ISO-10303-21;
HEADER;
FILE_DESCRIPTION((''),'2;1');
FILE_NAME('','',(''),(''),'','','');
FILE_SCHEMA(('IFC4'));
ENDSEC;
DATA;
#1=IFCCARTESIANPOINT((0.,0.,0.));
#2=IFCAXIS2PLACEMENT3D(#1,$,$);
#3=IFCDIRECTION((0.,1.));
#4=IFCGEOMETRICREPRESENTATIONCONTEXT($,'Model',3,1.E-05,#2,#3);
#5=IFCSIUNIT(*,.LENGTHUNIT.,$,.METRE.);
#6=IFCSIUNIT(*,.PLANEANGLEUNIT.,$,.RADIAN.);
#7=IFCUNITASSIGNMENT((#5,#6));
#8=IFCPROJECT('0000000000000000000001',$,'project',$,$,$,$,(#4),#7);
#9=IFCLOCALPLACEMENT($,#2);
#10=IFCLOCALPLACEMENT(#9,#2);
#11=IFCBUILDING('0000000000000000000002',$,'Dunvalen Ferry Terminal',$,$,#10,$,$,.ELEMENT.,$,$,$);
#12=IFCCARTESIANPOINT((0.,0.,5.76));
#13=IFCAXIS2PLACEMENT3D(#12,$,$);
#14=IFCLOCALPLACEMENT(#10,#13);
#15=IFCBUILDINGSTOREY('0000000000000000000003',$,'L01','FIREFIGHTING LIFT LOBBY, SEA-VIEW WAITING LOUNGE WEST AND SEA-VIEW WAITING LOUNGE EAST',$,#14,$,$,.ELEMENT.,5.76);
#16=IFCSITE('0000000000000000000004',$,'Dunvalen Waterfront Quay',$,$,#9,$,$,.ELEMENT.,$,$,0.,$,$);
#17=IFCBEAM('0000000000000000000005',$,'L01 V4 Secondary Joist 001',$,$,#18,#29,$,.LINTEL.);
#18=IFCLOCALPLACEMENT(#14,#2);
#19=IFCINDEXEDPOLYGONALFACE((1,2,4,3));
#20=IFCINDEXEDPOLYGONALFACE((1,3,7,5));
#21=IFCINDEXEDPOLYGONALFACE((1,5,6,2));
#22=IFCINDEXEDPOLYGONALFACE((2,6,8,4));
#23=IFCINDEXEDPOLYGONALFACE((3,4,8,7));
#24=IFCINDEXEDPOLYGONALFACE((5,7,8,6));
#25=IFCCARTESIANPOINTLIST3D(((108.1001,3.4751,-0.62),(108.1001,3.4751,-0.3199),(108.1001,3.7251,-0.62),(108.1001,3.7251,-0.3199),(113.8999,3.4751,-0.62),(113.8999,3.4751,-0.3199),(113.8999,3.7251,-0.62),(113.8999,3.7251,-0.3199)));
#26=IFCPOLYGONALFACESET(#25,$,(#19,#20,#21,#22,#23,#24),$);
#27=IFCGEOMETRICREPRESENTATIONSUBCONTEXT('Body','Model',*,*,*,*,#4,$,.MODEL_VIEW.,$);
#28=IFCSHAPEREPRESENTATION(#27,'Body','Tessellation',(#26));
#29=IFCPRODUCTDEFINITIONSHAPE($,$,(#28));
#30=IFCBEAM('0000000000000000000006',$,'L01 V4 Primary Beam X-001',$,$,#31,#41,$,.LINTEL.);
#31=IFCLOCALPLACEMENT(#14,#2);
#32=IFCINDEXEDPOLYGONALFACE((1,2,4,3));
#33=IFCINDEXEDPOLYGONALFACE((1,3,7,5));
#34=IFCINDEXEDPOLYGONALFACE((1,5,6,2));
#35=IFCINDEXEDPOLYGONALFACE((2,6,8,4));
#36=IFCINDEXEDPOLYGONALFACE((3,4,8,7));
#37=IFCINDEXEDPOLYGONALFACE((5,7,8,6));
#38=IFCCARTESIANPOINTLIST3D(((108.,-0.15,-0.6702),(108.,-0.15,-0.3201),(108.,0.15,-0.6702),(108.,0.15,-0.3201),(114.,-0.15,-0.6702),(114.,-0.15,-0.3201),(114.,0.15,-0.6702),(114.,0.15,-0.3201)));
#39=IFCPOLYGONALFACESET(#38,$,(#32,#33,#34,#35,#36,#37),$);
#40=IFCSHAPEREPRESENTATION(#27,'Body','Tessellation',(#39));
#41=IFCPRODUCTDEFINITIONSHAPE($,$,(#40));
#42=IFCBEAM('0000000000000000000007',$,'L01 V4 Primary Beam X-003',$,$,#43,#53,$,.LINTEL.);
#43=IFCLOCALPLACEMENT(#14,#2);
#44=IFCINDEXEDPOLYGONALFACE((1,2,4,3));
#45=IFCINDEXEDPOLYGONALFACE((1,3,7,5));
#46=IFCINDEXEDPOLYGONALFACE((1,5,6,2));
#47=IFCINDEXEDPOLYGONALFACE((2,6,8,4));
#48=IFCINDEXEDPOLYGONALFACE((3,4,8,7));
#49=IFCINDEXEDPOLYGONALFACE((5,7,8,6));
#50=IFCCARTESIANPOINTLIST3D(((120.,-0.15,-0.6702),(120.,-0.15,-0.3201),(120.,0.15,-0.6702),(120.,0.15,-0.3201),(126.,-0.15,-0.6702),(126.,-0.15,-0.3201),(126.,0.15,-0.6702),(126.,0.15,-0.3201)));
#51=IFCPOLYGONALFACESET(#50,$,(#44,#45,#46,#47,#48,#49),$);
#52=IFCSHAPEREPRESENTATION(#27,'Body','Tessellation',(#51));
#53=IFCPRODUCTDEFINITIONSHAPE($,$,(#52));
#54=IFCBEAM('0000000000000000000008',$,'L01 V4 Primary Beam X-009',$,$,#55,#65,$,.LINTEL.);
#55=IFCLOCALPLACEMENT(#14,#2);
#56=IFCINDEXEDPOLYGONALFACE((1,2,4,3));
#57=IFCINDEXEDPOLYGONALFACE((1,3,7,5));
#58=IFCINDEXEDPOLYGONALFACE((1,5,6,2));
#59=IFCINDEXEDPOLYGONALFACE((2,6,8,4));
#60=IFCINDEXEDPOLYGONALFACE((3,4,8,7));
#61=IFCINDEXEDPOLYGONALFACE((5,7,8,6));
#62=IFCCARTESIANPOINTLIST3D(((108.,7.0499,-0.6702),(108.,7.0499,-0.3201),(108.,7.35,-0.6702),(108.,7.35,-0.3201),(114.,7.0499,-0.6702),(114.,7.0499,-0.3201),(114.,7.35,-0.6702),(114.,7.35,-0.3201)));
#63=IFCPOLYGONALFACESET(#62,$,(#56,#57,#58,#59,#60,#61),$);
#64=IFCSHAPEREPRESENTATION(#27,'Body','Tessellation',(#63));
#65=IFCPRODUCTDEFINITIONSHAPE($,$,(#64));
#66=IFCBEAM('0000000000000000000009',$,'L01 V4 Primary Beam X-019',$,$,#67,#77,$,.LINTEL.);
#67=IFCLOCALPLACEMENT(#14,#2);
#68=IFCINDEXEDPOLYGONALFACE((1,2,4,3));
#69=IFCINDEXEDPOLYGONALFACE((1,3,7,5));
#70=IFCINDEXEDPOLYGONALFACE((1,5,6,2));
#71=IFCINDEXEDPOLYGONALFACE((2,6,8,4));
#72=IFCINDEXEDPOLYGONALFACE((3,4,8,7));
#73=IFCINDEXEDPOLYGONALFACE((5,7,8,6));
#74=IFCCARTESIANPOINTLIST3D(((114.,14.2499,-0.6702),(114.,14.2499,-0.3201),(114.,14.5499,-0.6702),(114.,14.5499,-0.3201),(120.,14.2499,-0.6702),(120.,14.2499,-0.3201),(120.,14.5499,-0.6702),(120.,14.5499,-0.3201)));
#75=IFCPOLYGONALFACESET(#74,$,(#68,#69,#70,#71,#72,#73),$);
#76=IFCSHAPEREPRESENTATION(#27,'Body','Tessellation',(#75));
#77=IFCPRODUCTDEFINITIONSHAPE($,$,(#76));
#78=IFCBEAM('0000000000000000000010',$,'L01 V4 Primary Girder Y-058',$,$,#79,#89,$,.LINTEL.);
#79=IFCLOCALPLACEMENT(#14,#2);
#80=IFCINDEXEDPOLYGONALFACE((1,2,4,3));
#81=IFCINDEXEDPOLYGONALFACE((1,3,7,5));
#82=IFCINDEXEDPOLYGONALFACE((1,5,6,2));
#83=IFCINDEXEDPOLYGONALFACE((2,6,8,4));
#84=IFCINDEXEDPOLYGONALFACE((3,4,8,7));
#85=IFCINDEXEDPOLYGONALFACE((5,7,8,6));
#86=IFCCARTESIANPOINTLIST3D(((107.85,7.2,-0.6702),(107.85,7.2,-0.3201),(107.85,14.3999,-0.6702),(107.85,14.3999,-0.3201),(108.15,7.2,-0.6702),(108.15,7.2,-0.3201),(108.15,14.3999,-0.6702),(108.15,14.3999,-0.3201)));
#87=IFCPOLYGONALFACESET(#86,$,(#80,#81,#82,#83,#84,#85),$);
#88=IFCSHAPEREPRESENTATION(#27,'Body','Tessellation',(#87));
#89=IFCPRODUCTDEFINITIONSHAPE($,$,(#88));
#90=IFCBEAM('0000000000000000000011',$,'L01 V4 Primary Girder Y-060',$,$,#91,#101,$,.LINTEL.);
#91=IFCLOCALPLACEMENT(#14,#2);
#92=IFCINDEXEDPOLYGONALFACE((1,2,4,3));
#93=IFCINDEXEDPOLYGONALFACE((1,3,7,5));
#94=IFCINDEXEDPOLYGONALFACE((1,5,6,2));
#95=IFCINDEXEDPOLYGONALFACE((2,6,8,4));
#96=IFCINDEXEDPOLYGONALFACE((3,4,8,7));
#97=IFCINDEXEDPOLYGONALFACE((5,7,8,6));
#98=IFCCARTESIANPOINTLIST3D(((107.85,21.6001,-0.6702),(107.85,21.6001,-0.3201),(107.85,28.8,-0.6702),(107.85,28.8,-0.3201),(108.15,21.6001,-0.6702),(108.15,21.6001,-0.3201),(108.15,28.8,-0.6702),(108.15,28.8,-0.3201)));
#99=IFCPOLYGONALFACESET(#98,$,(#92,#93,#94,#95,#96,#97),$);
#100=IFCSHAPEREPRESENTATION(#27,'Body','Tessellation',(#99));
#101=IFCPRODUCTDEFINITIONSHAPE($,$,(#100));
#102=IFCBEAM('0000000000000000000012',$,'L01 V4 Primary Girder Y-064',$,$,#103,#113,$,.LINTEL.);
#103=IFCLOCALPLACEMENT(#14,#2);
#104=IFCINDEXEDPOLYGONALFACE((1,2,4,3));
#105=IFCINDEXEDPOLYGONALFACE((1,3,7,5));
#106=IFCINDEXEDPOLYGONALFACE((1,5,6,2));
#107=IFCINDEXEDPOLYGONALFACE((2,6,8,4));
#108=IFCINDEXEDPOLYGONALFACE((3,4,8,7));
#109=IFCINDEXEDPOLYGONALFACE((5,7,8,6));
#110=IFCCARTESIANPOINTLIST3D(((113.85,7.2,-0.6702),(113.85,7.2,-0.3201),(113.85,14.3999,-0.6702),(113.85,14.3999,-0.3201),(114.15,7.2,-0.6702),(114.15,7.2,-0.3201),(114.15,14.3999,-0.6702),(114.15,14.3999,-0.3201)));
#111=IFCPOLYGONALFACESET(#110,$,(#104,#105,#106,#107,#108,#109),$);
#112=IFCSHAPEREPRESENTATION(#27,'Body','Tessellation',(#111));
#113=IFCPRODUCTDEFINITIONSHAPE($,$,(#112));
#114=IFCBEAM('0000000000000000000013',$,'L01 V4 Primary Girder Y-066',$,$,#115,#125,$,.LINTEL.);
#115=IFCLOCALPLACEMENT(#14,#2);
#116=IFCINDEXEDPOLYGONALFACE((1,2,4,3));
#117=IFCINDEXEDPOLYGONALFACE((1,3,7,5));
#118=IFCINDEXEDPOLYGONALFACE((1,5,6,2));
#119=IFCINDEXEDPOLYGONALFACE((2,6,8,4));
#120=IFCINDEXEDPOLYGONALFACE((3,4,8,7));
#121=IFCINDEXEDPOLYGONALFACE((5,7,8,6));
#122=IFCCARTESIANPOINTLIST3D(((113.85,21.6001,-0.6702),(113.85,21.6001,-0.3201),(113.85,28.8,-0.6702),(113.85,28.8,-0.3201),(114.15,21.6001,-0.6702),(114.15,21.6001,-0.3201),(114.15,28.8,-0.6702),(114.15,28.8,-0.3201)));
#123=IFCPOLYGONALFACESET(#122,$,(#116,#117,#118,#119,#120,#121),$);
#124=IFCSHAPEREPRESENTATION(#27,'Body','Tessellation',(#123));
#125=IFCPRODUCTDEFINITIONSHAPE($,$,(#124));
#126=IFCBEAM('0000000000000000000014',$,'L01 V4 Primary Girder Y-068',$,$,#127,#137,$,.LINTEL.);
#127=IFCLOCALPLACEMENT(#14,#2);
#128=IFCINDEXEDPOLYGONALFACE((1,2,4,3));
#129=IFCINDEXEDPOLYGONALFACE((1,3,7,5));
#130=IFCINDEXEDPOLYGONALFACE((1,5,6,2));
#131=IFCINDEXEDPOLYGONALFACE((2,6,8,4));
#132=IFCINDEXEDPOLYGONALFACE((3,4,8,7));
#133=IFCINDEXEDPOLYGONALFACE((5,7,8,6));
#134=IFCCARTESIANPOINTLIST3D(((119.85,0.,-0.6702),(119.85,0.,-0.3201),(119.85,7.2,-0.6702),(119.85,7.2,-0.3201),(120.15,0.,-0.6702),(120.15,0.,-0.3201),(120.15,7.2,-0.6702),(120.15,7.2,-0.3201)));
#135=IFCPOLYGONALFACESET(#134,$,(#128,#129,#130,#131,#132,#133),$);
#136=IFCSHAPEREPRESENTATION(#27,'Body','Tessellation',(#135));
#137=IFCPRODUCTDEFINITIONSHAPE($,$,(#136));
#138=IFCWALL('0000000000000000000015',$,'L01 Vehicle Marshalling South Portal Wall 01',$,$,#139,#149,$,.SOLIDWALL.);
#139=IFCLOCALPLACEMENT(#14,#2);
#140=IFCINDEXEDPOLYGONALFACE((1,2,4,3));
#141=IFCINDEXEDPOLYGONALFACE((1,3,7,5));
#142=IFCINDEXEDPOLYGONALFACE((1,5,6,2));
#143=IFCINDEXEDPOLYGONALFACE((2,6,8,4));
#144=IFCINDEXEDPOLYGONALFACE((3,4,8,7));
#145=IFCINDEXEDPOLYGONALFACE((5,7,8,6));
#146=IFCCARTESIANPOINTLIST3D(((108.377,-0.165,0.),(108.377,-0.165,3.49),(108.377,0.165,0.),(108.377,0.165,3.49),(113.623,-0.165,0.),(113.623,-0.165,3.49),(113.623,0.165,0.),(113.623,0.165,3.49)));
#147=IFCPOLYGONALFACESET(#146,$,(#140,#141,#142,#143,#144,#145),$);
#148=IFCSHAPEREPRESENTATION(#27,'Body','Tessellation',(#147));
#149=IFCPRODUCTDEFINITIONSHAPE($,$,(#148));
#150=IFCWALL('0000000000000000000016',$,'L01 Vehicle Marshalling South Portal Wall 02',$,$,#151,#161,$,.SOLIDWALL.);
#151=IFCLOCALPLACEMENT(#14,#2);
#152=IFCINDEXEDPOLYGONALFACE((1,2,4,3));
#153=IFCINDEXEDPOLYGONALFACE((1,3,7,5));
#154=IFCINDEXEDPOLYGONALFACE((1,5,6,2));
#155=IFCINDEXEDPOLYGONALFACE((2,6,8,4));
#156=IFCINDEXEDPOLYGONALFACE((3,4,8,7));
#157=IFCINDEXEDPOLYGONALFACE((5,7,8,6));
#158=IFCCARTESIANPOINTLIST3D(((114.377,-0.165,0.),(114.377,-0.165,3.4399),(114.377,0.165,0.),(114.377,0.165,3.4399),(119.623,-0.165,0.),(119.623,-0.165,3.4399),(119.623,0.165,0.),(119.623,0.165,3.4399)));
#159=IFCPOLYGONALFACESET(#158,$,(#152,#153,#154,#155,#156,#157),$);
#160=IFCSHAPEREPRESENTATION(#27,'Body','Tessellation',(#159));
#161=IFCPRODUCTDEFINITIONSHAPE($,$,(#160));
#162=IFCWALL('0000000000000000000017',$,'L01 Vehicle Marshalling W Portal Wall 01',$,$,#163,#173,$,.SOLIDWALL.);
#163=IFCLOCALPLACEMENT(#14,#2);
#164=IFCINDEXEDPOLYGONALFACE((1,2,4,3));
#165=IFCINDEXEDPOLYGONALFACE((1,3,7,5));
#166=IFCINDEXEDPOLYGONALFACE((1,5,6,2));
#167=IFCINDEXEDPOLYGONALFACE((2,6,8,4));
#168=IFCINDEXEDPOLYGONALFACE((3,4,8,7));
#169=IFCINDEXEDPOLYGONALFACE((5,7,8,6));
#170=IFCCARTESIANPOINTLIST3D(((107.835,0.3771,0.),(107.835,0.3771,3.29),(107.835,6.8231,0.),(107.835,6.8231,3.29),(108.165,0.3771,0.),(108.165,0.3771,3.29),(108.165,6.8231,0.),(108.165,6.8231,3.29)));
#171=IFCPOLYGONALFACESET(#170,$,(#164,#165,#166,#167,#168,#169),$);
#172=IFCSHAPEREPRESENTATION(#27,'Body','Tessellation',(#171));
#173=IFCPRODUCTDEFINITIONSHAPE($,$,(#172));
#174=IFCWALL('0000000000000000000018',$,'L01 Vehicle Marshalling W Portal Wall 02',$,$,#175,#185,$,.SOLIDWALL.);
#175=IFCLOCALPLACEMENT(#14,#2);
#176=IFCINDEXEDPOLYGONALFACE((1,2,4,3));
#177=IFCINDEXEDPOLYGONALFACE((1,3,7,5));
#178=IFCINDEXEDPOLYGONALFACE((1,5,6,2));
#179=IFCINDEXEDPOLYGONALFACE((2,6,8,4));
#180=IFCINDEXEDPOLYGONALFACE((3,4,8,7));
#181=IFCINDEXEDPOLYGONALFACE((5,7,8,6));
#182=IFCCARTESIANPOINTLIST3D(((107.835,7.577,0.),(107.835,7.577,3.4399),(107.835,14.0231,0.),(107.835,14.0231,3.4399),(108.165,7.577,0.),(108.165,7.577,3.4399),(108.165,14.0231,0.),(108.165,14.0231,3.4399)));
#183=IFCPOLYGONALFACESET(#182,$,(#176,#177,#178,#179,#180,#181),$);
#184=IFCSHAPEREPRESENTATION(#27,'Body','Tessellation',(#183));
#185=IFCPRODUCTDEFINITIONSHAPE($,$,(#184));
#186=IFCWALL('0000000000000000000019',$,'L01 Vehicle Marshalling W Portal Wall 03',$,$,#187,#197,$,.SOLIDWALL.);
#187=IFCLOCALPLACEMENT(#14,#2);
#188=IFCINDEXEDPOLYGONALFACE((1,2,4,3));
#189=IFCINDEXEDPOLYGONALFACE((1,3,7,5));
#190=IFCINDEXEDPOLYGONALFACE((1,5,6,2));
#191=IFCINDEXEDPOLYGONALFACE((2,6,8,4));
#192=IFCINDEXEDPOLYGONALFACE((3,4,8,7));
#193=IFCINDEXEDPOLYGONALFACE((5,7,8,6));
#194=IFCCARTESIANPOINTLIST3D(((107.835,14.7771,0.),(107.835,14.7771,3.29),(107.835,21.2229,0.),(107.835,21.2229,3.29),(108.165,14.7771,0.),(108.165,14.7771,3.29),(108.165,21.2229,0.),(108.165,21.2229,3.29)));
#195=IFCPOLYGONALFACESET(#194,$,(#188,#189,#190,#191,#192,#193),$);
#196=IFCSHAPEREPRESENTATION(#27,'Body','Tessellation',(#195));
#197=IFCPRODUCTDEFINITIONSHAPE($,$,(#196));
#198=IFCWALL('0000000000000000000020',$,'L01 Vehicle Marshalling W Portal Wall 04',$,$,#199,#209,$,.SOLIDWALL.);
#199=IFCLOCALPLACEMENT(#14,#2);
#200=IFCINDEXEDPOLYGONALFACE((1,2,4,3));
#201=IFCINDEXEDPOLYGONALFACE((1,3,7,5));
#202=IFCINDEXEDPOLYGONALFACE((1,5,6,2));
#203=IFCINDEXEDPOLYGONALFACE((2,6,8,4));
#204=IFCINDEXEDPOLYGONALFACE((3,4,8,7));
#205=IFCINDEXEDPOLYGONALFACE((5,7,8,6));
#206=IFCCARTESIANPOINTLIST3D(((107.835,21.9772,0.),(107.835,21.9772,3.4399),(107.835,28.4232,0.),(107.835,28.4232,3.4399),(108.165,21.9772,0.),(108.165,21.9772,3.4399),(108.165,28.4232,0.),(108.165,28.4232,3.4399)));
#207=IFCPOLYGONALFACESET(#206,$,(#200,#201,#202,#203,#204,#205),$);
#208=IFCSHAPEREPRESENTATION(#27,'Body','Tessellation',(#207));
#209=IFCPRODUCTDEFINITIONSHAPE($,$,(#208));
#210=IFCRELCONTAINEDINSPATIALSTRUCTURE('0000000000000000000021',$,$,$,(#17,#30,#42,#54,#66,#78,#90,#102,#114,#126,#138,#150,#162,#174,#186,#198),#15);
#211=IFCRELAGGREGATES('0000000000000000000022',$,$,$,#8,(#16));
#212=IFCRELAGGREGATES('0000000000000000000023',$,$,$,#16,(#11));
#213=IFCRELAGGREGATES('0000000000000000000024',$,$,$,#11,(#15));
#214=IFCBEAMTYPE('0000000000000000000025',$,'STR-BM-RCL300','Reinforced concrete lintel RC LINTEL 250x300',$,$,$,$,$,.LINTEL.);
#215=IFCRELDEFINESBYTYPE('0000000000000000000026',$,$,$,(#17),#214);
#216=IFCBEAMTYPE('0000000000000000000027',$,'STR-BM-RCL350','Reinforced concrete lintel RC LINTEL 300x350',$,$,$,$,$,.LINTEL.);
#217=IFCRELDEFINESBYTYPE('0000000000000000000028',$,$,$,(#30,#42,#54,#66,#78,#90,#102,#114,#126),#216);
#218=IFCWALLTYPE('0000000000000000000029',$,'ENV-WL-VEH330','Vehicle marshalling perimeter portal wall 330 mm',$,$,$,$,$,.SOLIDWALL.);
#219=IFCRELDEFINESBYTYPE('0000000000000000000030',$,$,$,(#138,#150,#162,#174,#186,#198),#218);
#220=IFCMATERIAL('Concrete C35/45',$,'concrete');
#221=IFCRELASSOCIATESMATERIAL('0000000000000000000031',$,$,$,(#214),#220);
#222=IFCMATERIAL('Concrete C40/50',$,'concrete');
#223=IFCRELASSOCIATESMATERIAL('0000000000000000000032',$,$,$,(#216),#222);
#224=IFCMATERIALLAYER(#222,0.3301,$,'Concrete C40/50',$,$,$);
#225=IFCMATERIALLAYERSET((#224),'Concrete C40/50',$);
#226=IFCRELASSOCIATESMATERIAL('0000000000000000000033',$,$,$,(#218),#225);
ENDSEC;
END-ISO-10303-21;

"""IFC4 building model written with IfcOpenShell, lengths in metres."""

from ifc_helpers import new_model, si_unit, direction, frame, frame_2d, origin, origin_2d, place, context, subcontext, project, spatial, rectangle, extrude, material, layer, layer_set, material_profile, profile_set, type_object, element, save


model = new_model("IFC4")

# Units and contexts
model_context = context("Model", 3, precision=1e-05, world=origin(), true_north=direction((0.0, 1.0)))
body_context = subcontext(model_context, "Body", "Model", "MODEL_VIEW")
ifc_project = project(units=[si_unit("LENGTHUNIT", "METRE"), si_unit("PLANEANGLEUNIT", "RADIAN")], contexts=[model_context])

# Site, building, storey
site_placement = place(None, origin())
site = spatial("IfcSite", under=ifc_project, at=site_placement, Name="Dunvalen Waterfront Quay", CompositionType="ELEMENT", RefElevation=0.0)
building_placement = place(site_placement, origin())
building = spatial("IfcBuilding", under=site, at=building_placement, Name="Dunvalen Ferry Terminal", CompositionType="ELEMENT")
storey_placement = place(building_placement, frame((0.0, 0.0, 5.76)))
storey = spatial("IfcBuildingStorey", under=building, at=storey_placement, Name="L01", Description="FIREFIGHTING LIFT LOBBY, SEA-VIEW WAITING LOUNGE WEST AND SEA-VIEW WAITING LOUNGE EAST", CompositionType="ELEMENT", Elevation=5.76)

# Shared definitions
ifc_material_1 = material(Name="Concrete C40/50", Category="concrete")

# Beams
ifc_material_2 = material(Name="Concrete C35/45", Category="concrete")
ifc_material_profile_1 = material_profile(ifc_material_2, rectangle(XDim=0.25, YDim=0.3, at=origin_2d()), Name="Concrete C35/45")
ifc_profile_set_1 = profile_set([ifc_material_profile_1], Name="Concrete C35/45")
beam_type_1 = type_object("IfcBeamType", Name="STR-BM-RCL300", Description="Reinforced concrete lintel RC LINTEL 250x300", PredefinedType="LINTEL", material=ifc_profile_set_1)
beam_1_placement = place(storey_placement, frame((108.1001, 3.6001, -0.47), z_axis=(1.0, 0.0, 0.0), x_axis=(0.0, 1.0, 0.0)))
element("IfcBeam", 1, at=beam_1_placement, inside=storey, type_object=beam_type_1, Name="L01 V4 Secondary Joist 001", PredefinedType="LINTEL", context=body_context, shape_type="SweptSolid", body=[
    extrude(rectangle(XDim=0.25, YDim=0.3, at=origin_2d()), origin(), (0.0, 0.0, 1.0), 5.7998),
])
ifc_material_profile_2 = material_profile(ifc_material_1, rectangle(XDim=0.3, YDim=0.3501, at=origin_2d()), Name="Concrete C40/50")
ifc_profile_set_2 = profile_set([ifc_material_profile_2], Name="Concrete C40/50")
beam_type_2 = type_object("IfcBeamType", Name="STR-BM-RCL350", Description="Reinforced concrete lintel RC LINTEL 300x350", PredefinedType="LINTEL", material=ifc_profile_set_2)
for number, where, z_axis, x_axis, name in (
    (2, (108.0, 0.0, -0.4951), (1.0, 0.0, 0.0), (0.0, 1.0, 0.0), "L01 V4 Primary Beam X-001"),
    (3, (120.0, 0.0, -0.4951), (1.0, 0.0, 0.0), (0.0, 1.0, 0.0), "L01 V4 Primary Beam X-003"),
    (4, (108.0, 7.2, -0.4951), (1.0, 0.0, 0.0), (0.0, 1.0, 0.0), "L01 V4 Primary Beam X-009"),
    (5, (114.0, 14.3999, -0.4951), (1.0, 0.0, 0.0), (0.0, 1.0, 0.0), "L01 V4 Primary Beam X-019"),
):
    element("IfcBeam", number, at=place(storey_placement, frame(where, z_axis=z_axis, x_axis=x_axis)), inside=storey, type_object=beam_type_2, Name=name, PredefinedType="LINTEL", context=body_context, shape_type="SweptSolid", body=[
        extrude(rectangle(XDim=0.3, YDim=0.3501, at=origin_2d()), origin(), (0.0, 0.0, 1.0), 6.0),
    ])
for number, where, z_axis, x_axis, name in (
    (6, (108.0, 7.2, -0.4951), (0.0, 1.0, 0.0), (-1.0, 0.0, 0.0), "L01 V4 Primary Girder Y-058"),
    (7, (108.0, 21.6001, -0.4951), (0.0, 1.0, 0.0), (-1.0, 0.0, 0.0), "L01 V4 Primary Girder Y-060"),
    (8, (114.0, 7.2, -0.4951), (0.0, 1.0, 0.0), (-1.0, 0.0, 0.0), "L01 V4 Primary Girder Y-064"),
    (9, (114.0, 21.6001, -0.4951), (0.0, 1.0, 0.0), (-1.0, 0.0, 0.0), "L01 V4 Primary Girder Y-066"),
    (10, (120.0, 0.0, -0.4951), (0.0, 1.0, 0.0), (-1.0, 0.0, 0.0), "L01 V4 Primary Girder Y-068"),
):
    element("IfcBeam", number, at=place(storey_placement, frame(where, z_axis=z_axis, x_axis=x_axis)), inside=storey, type_object=beam_type_2, Name=name, PredefinedType="LINTEL", context=body_context, shape_type="SweptSolid", body=[
        extrude(rectangle(XDim=0.3, YDim=0.3501, at=origin_2d()), origin(), (0.0, 0.0, 1.0), 7.2),
    ])

# Walls
ifc_layer_1 = layer(ifc_material_1, 0.3301, Name="Concrete C40/50")
ifc_layer_set_1 = layer_set([ifc_layer_1], Name="Concrete C40/50")
wall_type = type_object("IfcWallType", Name="ENV-WL-VEH330", Description="Vehicle marshalling perimeter portal wall 330 mm", PredefinedType="SOLIDWALL", material=ifc_layer_set_1)
wall_1_placement = place(storey_placement, frame((108.377, 0.0, 0.0), z_axis=(0.0, 0.0, 1.0), x_axis=(1.0, 0.0, 0.0)))
element("IfcWall", 11, at=wall_1_placement, inside=storey, type_object=wall_type, Name="L01 Vehicle Marshalling South Portal Wall 01", PredefinedType="SOLIDWALL", context=body_context, shape_type="SweptSolid", body=[
    extrude(rectangle(XDim=5.2461, YDim=0.3301, at=frame_2d((2.623, 0.0))), origin(), (0.0, 0.0, 1.0), 3.49),
])
wall_2_placement = place(storey_placement, frame((114.377, 0.0, 0.0), z_axis=(0.0, 0.0, 1.0), x_axis=(1.0, 0.0, 0.0)))
element("IfcWall", 12, at=wall_2_placement, inside=storey, type_object=wall_type, Name="L01 Vehicle Marshalling South Portal Wall 02", PredefinedType="SOLIDWALL", context=body_context, shape_type="SweptSolid", body=[
    extrude(rectangle(XDim=5.2461, YDim=0.3301, at=frame_2d((2.623, 0.0))), origin(), (0.0, 0.0, 1.0), 3.4399),
])
wall_3_placement = place(storey_placement, frame((108.0, 0.377, 0.0), z_axis=(0.0, 0.0, 1.0), x_axis=(0.0, 1.0, 0.0)))
element("IfcWall", 13, at=wall_3_placement, inside=storey, type_object=wall_type, Name="L01 Vehicle Marshalling W Portal Wall 01", PredefinedType="SOLIDWALL", context=body_context, shape_type="SweptSolid", body=[
    extrude(rectangle(XDim=6.446, YDim=0.3301, at=frame_2d((3.2231, 0.0))), origin(), (0.0, 0.0, 1.0), 3.29),
])
wall_4_placement = place(storey_placement, frame((108.0, 7.5769, 0.0), z_axis=(0.0, 0.0, 1.0), x_axis=(0.0, 1.0, 0.0)))
element("IfcWall", 14, at=wall_4_placement, inside=storey, type_object=wall_type, Name="L01 Vehicle Marshalling W Portal Wall 02", PredefinedType="SOLIDWALL", context=body_context, shape_type="SweptSolid", body=[
    extrude(rectangle(XDim=6.446, YDim=0.3301, at=frame_2d((3.2231, 0.0))), origin(), (0.0, 0.0, 1.0), 3.4399),
])
wall_5_placement = place(storey_placement, frame((108.0, 14.7771, 0.0), z_axis=(0.0, 0.0, 1.0), x_axis=(0.0, 1.0, 0.0)))
element("IfcWall", 15, at=wall_5_placement, inside=storey, type_object=wall_type, Name="L01 Vehicle Marshalling W Portal Wall 03", PredefinedType="SOLIDWALL", context=body_context, shape_type="SweptSolid", body=[
    extrude(rectangle(XDim=6.4458, YDim=0.3301, at=frame_2d((3.2229, 0.0))), origin(), (0.0, 0.0, 1.0), 3.29),
])
wall_6_placement = place(storey_placement, frame((108.0, 21.9771, 0.0), z_axis=(0.0, 0.0, 1.0), x_axis=(0.0, 1.0, 0.0)))
element("IfcWall", 16, at=wall_6_placement, inside=storey, type_object=wall_type, Name="L01 Vehicle Marshalling W Portal Wall 04", PredefinedType="SOLIDWALL", context=body_context, shape_type="SweptSolid", body=[
    extrude(rectangle(XDim=6.446, YDim=0.3301, at=frame_2d((3.2231, 0.0))), origin(), (0.0, 0.0, 1.0), 3.4399),
])

save(model, "model.ifc")
